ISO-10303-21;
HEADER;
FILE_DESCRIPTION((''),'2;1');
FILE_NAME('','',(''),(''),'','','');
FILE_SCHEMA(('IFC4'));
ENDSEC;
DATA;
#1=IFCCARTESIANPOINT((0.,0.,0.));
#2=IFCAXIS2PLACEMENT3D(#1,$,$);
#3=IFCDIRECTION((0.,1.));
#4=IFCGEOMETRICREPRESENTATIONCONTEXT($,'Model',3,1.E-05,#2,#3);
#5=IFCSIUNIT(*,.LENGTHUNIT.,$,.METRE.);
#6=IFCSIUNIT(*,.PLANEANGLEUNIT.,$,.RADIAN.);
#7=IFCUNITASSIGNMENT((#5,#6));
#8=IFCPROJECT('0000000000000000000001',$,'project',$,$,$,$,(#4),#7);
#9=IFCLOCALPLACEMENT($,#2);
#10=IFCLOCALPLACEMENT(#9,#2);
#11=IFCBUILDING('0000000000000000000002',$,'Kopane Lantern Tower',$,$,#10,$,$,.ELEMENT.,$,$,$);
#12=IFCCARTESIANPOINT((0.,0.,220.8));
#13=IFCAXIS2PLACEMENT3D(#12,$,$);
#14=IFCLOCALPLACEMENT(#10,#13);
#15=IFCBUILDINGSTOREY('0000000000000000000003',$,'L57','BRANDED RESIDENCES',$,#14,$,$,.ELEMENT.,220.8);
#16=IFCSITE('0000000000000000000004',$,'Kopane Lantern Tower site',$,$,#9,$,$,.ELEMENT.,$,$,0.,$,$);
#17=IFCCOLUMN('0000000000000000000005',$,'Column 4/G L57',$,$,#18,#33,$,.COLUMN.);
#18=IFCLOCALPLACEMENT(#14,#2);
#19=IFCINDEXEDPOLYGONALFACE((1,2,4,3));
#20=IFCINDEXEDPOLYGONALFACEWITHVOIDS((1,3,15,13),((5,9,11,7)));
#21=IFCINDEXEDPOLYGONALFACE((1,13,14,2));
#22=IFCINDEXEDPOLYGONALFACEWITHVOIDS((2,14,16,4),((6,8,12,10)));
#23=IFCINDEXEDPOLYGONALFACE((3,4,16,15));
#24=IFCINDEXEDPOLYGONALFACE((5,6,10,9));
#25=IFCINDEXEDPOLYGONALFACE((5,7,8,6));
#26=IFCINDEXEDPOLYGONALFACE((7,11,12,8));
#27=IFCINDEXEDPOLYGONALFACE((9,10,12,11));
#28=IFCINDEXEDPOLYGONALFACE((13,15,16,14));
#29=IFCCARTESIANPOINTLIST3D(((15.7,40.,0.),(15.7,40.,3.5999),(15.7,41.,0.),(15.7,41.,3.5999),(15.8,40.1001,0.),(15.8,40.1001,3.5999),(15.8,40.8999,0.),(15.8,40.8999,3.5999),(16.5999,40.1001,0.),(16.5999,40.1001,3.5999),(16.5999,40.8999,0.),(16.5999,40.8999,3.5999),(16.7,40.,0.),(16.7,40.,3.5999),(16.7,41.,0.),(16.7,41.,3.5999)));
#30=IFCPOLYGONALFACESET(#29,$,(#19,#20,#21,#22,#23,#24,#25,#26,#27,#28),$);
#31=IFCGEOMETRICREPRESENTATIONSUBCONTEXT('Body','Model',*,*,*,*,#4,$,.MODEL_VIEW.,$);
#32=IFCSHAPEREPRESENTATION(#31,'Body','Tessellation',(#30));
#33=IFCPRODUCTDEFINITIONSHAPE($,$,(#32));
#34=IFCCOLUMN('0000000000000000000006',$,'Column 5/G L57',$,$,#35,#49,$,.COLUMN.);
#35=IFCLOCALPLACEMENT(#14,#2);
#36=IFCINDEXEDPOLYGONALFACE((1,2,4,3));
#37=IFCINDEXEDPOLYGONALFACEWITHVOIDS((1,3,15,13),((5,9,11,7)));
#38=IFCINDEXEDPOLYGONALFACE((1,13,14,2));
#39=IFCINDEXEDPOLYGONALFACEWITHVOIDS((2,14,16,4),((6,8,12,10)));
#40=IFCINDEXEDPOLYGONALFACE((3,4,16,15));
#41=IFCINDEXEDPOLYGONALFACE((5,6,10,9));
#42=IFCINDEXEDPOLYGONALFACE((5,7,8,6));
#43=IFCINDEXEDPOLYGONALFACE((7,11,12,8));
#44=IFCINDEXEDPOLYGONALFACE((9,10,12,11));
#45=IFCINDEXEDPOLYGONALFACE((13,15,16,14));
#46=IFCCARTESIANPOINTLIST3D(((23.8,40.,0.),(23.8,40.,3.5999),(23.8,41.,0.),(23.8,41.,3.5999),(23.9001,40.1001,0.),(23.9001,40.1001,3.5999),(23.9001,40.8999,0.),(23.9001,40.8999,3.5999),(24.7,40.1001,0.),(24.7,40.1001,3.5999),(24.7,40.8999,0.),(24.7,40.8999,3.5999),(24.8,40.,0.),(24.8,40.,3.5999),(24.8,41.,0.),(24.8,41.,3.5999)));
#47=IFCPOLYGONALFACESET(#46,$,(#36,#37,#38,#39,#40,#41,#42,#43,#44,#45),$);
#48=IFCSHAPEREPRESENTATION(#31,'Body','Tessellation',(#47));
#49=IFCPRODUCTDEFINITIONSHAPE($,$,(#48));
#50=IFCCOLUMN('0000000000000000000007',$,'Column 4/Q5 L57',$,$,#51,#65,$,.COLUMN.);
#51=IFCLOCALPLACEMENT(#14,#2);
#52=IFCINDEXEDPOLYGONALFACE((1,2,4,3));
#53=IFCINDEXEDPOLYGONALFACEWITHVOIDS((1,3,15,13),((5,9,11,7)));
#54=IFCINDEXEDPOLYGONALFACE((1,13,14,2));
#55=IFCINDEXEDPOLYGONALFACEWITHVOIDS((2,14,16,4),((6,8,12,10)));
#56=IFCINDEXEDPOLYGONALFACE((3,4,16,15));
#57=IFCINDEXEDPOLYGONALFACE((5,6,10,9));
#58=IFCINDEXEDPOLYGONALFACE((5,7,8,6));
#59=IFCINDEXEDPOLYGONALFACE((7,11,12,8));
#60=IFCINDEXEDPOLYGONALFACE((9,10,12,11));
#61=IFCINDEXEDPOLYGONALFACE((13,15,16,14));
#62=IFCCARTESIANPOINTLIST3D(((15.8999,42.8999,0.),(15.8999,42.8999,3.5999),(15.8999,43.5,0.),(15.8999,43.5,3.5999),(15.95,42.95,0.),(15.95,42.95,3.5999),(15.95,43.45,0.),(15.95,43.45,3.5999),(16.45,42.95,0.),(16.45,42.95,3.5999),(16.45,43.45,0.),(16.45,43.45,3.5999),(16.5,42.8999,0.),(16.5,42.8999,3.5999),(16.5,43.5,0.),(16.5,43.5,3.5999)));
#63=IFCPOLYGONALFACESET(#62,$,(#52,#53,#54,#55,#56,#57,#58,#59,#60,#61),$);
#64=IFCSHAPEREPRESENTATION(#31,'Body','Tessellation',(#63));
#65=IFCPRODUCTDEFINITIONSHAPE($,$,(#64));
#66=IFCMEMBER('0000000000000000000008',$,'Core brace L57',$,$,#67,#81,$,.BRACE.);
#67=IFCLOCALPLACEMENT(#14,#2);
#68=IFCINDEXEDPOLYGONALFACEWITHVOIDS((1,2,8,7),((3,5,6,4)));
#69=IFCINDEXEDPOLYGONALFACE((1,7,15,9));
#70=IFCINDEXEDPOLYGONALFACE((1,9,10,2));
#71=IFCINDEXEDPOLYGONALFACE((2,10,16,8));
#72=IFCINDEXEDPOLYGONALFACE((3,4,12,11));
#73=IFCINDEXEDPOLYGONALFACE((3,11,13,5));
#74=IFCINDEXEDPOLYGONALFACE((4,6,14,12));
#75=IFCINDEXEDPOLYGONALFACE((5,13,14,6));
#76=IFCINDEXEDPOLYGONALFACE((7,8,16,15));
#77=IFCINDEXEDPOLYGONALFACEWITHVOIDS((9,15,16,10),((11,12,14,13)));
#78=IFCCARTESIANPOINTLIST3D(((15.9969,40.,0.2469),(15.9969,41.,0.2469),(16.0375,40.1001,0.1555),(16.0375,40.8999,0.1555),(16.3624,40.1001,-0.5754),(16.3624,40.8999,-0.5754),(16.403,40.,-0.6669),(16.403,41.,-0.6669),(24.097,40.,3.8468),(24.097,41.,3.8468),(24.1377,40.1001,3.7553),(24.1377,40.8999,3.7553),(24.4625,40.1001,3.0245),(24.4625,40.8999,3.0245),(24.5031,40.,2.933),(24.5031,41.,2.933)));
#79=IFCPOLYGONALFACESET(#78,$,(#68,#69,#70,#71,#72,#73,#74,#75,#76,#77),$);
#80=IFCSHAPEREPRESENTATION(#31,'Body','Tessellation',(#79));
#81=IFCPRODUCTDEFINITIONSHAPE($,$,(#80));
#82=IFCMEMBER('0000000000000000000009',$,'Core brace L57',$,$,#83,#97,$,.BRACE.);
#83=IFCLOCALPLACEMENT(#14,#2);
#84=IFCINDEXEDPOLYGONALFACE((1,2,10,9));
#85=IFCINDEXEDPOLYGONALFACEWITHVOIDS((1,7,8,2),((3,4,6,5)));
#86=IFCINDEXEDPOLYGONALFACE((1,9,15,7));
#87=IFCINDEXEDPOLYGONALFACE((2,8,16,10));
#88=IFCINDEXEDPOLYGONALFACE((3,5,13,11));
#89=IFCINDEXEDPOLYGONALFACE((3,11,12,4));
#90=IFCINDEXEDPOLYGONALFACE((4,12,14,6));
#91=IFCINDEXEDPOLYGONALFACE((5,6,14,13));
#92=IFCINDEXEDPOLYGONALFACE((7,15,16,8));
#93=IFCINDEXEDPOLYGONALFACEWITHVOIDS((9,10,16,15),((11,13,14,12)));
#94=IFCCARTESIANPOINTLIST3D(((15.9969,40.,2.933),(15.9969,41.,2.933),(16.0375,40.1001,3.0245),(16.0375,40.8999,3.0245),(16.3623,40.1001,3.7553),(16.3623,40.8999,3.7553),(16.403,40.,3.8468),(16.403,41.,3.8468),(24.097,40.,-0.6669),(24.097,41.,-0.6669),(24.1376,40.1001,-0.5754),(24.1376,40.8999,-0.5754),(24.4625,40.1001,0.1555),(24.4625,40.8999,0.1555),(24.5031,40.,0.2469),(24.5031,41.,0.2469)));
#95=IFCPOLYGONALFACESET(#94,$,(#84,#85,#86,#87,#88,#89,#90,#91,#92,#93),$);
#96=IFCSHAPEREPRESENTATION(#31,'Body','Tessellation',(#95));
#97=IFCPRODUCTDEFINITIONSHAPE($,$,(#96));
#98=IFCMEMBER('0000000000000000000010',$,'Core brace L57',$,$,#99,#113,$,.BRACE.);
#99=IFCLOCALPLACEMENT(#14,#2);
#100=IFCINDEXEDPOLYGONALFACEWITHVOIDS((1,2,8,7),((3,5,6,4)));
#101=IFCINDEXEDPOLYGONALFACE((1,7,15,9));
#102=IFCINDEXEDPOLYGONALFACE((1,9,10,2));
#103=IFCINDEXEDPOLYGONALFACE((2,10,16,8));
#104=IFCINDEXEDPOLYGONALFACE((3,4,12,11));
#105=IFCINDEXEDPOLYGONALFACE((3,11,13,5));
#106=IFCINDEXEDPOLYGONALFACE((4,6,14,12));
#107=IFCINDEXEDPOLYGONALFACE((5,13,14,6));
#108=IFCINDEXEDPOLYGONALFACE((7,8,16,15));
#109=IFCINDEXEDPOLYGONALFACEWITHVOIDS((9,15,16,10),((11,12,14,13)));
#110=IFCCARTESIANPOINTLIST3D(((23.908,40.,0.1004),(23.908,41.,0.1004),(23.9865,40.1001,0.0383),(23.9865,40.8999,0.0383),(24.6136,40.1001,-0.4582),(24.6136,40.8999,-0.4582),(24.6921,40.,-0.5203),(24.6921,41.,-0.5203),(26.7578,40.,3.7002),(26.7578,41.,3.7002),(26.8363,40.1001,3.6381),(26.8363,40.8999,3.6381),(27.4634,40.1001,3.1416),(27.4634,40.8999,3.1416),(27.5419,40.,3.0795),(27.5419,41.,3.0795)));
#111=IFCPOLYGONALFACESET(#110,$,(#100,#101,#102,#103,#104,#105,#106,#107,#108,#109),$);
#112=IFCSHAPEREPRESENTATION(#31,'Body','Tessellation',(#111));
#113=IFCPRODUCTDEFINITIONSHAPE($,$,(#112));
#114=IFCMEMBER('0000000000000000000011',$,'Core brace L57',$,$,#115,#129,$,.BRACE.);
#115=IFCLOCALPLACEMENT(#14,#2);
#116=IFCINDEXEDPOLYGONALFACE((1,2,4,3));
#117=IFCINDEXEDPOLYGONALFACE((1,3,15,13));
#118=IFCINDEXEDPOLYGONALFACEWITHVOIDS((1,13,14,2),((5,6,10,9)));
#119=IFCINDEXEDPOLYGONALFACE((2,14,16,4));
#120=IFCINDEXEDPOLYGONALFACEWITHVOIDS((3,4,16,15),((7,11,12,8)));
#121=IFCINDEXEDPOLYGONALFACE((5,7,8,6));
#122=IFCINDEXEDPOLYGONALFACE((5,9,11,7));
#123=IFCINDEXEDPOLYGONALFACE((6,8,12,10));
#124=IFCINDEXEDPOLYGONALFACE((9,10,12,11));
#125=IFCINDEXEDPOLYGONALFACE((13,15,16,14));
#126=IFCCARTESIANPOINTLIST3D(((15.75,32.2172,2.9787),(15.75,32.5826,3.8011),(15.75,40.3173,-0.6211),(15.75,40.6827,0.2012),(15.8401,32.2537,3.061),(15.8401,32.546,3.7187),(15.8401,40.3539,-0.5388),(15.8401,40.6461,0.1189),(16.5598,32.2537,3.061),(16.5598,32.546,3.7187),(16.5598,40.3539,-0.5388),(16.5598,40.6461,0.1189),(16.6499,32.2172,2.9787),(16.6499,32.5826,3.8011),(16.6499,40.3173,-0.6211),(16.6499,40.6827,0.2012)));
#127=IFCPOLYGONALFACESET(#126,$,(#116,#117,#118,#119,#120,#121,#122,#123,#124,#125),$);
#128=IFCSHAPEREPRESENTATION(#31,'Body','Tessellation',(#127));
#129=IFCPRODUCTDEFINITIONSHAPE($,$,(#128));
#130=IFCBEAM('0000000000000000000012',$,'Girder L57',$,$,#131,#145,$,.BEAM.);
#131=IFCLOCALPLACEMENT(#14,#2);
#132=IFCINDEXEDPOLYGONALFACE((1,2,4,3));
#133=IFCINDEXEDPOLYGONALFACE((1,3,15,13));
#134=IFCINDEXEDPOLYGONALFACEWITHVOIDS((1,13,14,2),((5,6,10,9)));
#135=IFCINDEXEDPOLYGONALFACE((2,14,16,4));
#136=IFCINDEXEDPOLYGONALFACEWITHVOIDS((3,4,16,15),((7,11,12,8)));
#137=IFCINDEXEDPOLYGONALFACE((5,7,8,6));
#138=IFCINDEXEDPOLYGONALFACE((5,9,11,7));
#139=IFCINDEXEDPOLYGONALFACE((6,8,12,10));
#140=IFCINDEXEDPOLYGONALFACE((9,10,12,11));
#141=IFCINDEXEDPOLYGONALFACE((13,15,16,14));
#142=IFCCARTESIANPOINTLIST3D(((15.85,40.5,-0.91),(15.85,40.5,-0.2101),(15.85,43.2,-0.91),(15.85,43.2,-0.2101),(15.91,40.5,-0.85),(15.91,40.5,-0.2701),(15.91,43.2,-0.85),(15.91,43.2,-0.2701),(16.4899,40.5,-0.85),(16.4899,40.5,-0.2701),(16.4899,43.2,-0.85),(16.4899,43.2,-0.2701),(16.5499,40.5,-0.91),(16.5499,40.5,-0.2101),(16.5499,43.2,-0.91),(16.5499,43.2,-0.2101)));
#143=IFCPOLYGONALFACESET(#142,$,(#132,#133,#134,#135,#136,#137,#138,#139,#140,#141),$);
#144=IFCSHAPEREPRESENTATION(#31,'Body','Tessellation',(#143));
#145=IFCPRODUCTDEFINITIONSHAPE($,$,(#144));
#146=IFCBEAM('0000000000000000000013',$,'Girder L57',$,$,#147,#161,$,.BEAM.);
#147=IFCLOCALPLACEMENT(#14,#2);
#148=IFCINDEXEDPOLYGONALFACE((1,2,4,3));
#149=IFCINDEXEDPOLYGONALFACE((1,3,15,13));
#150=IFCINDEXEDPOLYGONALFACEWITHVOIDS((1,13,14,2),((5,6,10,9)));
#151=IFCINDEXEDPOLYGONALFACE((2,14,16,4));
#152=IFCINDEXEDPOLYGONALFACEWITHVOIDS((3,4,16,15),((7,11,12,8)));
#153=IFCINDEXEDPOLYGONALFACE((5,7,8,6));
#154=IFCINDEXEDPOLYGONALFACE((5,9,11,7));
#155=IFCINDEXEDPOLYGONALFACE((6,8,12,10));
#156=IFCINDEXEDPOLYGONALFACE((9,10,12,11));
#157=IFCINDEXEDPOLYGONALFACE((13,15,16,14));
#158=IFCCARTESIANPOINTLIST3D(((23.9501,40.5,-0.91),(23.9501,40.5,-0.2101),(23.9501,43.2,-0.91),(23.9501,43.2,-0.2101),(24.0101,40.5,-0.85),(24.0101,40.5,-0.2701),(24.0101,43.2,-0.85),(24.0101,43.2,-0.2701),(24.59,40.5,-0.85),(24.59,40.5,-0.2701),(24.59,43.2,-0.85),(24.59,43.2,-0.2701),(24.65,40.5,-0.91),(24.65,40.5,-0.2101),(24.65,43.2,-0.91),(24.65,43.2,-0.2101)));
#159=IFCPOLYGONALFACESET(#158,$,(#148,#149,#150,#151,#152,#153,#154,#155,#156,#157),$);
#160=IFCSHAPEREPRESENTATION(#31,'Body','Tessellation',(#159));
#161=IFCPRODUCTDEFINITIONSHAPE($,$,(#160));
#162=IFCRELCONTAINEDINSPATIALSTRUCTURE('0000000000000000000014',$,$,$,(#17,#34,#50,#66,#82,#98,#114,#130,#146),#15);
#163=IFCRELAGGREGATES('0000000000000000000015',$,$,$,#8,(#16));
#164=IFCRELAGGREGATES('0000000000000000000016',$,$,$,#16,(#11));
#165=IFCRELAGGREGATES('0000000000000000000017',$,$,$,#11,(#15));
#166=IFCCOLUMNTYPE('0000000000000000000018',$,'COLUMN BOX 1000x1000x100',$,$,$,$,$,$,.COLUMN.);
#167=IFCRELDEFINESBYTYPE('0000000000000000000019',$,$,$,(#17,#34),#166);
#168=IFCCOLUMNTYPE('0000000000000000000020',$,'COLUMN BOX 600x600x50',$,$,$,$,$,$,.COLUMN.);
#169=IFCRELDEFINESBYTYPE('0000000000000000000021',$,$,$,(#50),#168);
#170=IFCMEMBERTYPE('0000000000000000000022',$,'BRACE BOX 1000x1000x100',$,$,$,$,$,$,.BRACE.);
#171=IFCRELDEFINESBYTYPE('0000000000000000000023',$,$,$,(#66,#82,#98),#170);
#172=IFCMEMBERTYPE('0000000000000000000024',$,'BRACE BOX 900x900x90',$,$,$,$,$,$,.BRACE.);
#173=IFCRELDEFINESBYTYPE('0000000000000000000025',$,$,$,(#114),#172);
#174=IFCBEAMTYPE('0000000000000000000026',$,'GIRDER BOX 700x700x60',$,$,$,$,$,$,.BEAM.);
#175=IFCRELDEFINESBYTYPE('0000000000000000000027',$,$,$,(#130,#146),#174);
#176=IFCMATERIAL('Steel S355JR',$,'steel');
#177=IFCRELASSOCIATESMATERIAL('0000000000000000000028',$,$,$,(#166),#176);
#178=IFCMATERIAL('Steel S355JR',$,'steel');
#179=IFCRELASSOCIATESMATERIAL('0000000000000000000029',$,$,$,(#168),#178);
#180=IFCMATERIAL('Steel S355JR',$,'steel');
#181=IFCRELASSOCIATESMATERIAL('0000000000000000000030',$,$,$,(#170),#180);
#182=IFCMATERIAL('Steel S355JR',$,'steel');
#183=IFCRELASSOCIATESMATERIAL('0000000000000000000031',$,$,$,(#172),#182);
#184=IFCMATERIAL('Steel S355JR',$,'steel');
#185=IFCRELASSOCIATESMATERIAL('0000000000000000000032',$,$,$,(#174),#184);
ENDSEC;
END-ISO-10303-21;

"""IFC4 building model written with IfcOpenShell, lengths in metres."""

from ifc_helpers import new_model, si_unit, direction, frame, origin, origin_2d, place, context, subcontext, project, spatial, hollow_rectangle, extrude, material, material_profile, profile_set, type_object, element, save


model = new_model("IFC4")

# Units and contexts
model_context = context("Model", 3, precision=1e-05, world=origin(), true_north=direction((0.0, 1.0)))
body_context = subcontext(model_context, "Body", "Model", "MODEL_VIEW")
ifc_project = project(units=[si_unit("LENGTHUNIT", "METRE"), si_unit("PLANEANGLEUNIT", "RADIAN")], contexts=[model_context])

# Site, building, storey
site_placement = place(None, origin())
site = spatial("IfcSite", under=ifc_project, at=site_placement, Name="Kopane Lantern Tower site", CompositionType="ELEMENT", RefElevation=0.0)
building_placement = place(site_placement, origin())
building = spatial("IfcBuilding", under=site, at=building_placement, Name="Kopane Lantern Tower", CompositionType="ELEMENT")
storey_placement = place(building_placement, frame((0.0, 0.0, 220.8)))
storey = spatial("IfcBuildingStorey", under=building, at=storey_placement, Name="L57", Description="BRANDED RESIDENCES", CompositionType="ELEMENT", Elevation=220.8)

# Columns
ifc_material_1 = material(Name="Steel S355JR", Category="steel")
ifc_material_profile_1 = material_profile(ifc_material_1, hollow_rectangle(XDim=1.0, YDim=1.0, WallThickness=0.1001, at=origin_2d()), Name="BOX 1000x1000x100")
ifc_profile_set_1 = profile_set([ifc_material_profile_1], Name="Steel S355JR")
column_type_1 = type_object("IfcColumnType", Name="COLUMN BOX 1000x1000x100", PredefinedType="COLUMN", material=ifc_profile_set_1)
for number, where, z_axis, x_axis, name in (
    (1, (16.2, 40.5, 0.0), (0.0, 0.0, 1.0), (1.0, 0.0, 0.0), "Column 4/G L57"),
    (2, (24.3, 40.5, 0.0), (0.0, 0.0, 1.0), (1.0, 0.0, 0.0), "Column 5/G L57"),
):
    element("IfcColumn", number, at=place(storey_placement, frame(where, z_axis=z_axis, x_axis=x_axis)), inside=storey, type_object=column_type_1, Name=name, PredefinedType="COLUMN", context=body_context, shape_type="SweptSolid", body=[
        extrude(hollow_rectangle(XDim=1.0, YDim=1.0, WallThickness=0.1001, at=origin_2d()), origin(), (0.0, 0.0, 1.0), 3.5999),
    ])
ifc_material_2 = material(Name="Steel S355JR", Category="steel")
ifc_material_profile_2 = material_profile(ifc_material_2, hollow_rectangle(XDim=0.6001, YDim=0.6001, WallThickness=0.05, at=origin_2d()), Name="BOX 600x600x50")
ifc_profile_set_2 = profile_set([ifc_material_profile_2], Name="Steel S355JR")
column_type_2 = type_object("IfcColumnType", Name="COLUMN BOX 600x600x50", PredefinedType="COLUMN", material=ifc_profile_set_2)
column_placement = place(storey_placement, frame((16.2, 43.2, 0.0), z_axis=(0.0, 0.0, 1.0), x_axis=(1.0, 0.0, 0.0)))
element("IfcColumn", 3, at=column_placement, inside=storey, type_object=column_type_2, Name="Column 4/Q5 L57", PredefinedType="COLUMN", context=body_context, shape_type="SweptSolid", body=[
    extrude(hollow_rectangle(XDim=0.6001, YDim=0.6001, WallThickness=0.05, at=origin_2d()), origin(), (0.0, 0.0, 1.0), 3.5999),
])

# Members
ifc_material_3 = material(Name="Steel S355JR", Category="steel")
ifc_material_profile_3 = material_profile(ifc_material_3, hollow_rectangle(XDim=1.0, YDim=1.0, WallThickness=0.1001, at=origin_2d()), Name="BOX 1000x1000x100")
ifc_profile_set_3 = profile_set([ifc_material_profile_3], Name="Steel S355JR")
member_type_1 = type_object("IfcMemberType", Name="BRACE BOX 1000x1000x100", PredefinedType="BRACE", material=ifc_profile_set_3)
for number, where, z_axis, x_axis, name in (
    (4, (16.2, 40.5, -0.21), (0.913819, 0.0, 0.406121), (0.0, 1.0, 0.0), "Core brace L57"),
    (5, (24.3, 40.5, -0.21), (-0.913819, 0.0, 0.406121), (0.0, -1.0, 0.0), "Core brace L57"),
):
    element("IfcMember", number, at=place(storey_placement, frame(where, z_axis=z_axis, x_axis=x_axis)), inside=storey, type_object=member_type_1, Name=name, PredefinedType="BRACE", context=body_context, shape_type="SweptSolid", body=[
        extrude(hollow_rectangle(XDim=1.0, YDim=1.0, WallThickness=0.1001, at=origin_2d()), origin(), (0.0, 0.0, 1.0), 8.864),
    ])
member_1_placement = place(storey_placement, frame((24.3, 40.5, -0.21), z_axis=(0.620699, 0.0, 0.784049), x_axis=(0.0, 1.0, 0.0)))
element("IfcMember", 6, at=member_1_placement, inside=storey, type_object=member_type_1, Name="Core brace L57", PredefinedType="BRACE", context=body_context, shape_type="SweptSolid", body=[
    extrude(hollow_rectangle(XDim=1.0, YDim=1.0, WallThickness=0.1001, at=origin_2d()), origin(), (0.0, 0.0, 1.0), 4.5913),
])
ifc_material_4 = material(Name="Steel S355JR", Category="steel")
ifc_material_profile_4 = material_profile(ifc_material_4, hollow_rectangle(XDim=0.8999, YDim=0.8999, WallThickness=0.0901, at=origin_2d()), Name="BOX 900x900x90")
ifc_profile_set_4 = profile_set([ifc_material_profile_4], Name="Steel S355JR")
member_type_2 = type_object("IfcMemberType", Name="BRACE BOX 900x900x90", PredefinedType="BRACE", material=ifc_profile_set_4)
member_2_placement = place(storey_placement, frame((16.2, 40.5, -0.21), z_axis=(0.0, -0.913819, 0.406121), x_axis=(1.0, 0.0, 0.0)))
element("IfcMember", 7, at=member_2_placement, inside=storey, type_object=member_type_2, Name="Core brace L57", PredefinedType="BRACE", context=body_context, shape_type="SweptSolid", body=[
    extrude(hollow_rectangle(XDim=0.8999, YDim=0.8999, WallThickness=0.0901, at=origin_2d()), origin(), (0.0, 0.0, 1.0), 8.864),
])

# Beams
ifc_material_5 = material(Name="Steel S355JR", Category="steel")
ifc_material_profile_5 = material_profile(ifc_material_5, hollow_rectangle(XDim=0.7, YDim=0.7, WallThickness=0.0601, at=origin_2d()), Name="BOX 700x700x60")
ifc_profile_set_5 = profile_set([ifc_material_profile_5], Name="Steel S355JR")
beam_type_1 = type_object("IfcBeamType", Name="GIRDER BOX 700x700x60", PredefinedType="BEAM", material=ifc_profile_set_5)
for number, where, z_axis, x_axis, name in (
    (8, (16.2, 40.5, -0.5601), (0.0, 1.0, 0.0), (-1.0, 0.0, 0.0), "Girder L57"),
    (9, (24.3, 40.5, -0.5601), (0.0, 1.0, 0.0), (-1.0, 0.0, 0.0), "Girder L57"),
):
    element("IfcBeam", number, at=place(storey_placement, frame(where, z_axis=z_axis, x_axis=x_axis)), inside=storey, type_object=beam_type_1, Name=name, PredefinedType="BEAM", context=body_context, shape_type="SweptSolid", body=[
        extrude(hollow_rectangle(XDim=0.7, YDim=0.7, WallThickness=0.0601, at=origin_2d()), origin(), (0.0, 0.0, 1.0), 2.7),
    ])

save(model, "model.ifc")
